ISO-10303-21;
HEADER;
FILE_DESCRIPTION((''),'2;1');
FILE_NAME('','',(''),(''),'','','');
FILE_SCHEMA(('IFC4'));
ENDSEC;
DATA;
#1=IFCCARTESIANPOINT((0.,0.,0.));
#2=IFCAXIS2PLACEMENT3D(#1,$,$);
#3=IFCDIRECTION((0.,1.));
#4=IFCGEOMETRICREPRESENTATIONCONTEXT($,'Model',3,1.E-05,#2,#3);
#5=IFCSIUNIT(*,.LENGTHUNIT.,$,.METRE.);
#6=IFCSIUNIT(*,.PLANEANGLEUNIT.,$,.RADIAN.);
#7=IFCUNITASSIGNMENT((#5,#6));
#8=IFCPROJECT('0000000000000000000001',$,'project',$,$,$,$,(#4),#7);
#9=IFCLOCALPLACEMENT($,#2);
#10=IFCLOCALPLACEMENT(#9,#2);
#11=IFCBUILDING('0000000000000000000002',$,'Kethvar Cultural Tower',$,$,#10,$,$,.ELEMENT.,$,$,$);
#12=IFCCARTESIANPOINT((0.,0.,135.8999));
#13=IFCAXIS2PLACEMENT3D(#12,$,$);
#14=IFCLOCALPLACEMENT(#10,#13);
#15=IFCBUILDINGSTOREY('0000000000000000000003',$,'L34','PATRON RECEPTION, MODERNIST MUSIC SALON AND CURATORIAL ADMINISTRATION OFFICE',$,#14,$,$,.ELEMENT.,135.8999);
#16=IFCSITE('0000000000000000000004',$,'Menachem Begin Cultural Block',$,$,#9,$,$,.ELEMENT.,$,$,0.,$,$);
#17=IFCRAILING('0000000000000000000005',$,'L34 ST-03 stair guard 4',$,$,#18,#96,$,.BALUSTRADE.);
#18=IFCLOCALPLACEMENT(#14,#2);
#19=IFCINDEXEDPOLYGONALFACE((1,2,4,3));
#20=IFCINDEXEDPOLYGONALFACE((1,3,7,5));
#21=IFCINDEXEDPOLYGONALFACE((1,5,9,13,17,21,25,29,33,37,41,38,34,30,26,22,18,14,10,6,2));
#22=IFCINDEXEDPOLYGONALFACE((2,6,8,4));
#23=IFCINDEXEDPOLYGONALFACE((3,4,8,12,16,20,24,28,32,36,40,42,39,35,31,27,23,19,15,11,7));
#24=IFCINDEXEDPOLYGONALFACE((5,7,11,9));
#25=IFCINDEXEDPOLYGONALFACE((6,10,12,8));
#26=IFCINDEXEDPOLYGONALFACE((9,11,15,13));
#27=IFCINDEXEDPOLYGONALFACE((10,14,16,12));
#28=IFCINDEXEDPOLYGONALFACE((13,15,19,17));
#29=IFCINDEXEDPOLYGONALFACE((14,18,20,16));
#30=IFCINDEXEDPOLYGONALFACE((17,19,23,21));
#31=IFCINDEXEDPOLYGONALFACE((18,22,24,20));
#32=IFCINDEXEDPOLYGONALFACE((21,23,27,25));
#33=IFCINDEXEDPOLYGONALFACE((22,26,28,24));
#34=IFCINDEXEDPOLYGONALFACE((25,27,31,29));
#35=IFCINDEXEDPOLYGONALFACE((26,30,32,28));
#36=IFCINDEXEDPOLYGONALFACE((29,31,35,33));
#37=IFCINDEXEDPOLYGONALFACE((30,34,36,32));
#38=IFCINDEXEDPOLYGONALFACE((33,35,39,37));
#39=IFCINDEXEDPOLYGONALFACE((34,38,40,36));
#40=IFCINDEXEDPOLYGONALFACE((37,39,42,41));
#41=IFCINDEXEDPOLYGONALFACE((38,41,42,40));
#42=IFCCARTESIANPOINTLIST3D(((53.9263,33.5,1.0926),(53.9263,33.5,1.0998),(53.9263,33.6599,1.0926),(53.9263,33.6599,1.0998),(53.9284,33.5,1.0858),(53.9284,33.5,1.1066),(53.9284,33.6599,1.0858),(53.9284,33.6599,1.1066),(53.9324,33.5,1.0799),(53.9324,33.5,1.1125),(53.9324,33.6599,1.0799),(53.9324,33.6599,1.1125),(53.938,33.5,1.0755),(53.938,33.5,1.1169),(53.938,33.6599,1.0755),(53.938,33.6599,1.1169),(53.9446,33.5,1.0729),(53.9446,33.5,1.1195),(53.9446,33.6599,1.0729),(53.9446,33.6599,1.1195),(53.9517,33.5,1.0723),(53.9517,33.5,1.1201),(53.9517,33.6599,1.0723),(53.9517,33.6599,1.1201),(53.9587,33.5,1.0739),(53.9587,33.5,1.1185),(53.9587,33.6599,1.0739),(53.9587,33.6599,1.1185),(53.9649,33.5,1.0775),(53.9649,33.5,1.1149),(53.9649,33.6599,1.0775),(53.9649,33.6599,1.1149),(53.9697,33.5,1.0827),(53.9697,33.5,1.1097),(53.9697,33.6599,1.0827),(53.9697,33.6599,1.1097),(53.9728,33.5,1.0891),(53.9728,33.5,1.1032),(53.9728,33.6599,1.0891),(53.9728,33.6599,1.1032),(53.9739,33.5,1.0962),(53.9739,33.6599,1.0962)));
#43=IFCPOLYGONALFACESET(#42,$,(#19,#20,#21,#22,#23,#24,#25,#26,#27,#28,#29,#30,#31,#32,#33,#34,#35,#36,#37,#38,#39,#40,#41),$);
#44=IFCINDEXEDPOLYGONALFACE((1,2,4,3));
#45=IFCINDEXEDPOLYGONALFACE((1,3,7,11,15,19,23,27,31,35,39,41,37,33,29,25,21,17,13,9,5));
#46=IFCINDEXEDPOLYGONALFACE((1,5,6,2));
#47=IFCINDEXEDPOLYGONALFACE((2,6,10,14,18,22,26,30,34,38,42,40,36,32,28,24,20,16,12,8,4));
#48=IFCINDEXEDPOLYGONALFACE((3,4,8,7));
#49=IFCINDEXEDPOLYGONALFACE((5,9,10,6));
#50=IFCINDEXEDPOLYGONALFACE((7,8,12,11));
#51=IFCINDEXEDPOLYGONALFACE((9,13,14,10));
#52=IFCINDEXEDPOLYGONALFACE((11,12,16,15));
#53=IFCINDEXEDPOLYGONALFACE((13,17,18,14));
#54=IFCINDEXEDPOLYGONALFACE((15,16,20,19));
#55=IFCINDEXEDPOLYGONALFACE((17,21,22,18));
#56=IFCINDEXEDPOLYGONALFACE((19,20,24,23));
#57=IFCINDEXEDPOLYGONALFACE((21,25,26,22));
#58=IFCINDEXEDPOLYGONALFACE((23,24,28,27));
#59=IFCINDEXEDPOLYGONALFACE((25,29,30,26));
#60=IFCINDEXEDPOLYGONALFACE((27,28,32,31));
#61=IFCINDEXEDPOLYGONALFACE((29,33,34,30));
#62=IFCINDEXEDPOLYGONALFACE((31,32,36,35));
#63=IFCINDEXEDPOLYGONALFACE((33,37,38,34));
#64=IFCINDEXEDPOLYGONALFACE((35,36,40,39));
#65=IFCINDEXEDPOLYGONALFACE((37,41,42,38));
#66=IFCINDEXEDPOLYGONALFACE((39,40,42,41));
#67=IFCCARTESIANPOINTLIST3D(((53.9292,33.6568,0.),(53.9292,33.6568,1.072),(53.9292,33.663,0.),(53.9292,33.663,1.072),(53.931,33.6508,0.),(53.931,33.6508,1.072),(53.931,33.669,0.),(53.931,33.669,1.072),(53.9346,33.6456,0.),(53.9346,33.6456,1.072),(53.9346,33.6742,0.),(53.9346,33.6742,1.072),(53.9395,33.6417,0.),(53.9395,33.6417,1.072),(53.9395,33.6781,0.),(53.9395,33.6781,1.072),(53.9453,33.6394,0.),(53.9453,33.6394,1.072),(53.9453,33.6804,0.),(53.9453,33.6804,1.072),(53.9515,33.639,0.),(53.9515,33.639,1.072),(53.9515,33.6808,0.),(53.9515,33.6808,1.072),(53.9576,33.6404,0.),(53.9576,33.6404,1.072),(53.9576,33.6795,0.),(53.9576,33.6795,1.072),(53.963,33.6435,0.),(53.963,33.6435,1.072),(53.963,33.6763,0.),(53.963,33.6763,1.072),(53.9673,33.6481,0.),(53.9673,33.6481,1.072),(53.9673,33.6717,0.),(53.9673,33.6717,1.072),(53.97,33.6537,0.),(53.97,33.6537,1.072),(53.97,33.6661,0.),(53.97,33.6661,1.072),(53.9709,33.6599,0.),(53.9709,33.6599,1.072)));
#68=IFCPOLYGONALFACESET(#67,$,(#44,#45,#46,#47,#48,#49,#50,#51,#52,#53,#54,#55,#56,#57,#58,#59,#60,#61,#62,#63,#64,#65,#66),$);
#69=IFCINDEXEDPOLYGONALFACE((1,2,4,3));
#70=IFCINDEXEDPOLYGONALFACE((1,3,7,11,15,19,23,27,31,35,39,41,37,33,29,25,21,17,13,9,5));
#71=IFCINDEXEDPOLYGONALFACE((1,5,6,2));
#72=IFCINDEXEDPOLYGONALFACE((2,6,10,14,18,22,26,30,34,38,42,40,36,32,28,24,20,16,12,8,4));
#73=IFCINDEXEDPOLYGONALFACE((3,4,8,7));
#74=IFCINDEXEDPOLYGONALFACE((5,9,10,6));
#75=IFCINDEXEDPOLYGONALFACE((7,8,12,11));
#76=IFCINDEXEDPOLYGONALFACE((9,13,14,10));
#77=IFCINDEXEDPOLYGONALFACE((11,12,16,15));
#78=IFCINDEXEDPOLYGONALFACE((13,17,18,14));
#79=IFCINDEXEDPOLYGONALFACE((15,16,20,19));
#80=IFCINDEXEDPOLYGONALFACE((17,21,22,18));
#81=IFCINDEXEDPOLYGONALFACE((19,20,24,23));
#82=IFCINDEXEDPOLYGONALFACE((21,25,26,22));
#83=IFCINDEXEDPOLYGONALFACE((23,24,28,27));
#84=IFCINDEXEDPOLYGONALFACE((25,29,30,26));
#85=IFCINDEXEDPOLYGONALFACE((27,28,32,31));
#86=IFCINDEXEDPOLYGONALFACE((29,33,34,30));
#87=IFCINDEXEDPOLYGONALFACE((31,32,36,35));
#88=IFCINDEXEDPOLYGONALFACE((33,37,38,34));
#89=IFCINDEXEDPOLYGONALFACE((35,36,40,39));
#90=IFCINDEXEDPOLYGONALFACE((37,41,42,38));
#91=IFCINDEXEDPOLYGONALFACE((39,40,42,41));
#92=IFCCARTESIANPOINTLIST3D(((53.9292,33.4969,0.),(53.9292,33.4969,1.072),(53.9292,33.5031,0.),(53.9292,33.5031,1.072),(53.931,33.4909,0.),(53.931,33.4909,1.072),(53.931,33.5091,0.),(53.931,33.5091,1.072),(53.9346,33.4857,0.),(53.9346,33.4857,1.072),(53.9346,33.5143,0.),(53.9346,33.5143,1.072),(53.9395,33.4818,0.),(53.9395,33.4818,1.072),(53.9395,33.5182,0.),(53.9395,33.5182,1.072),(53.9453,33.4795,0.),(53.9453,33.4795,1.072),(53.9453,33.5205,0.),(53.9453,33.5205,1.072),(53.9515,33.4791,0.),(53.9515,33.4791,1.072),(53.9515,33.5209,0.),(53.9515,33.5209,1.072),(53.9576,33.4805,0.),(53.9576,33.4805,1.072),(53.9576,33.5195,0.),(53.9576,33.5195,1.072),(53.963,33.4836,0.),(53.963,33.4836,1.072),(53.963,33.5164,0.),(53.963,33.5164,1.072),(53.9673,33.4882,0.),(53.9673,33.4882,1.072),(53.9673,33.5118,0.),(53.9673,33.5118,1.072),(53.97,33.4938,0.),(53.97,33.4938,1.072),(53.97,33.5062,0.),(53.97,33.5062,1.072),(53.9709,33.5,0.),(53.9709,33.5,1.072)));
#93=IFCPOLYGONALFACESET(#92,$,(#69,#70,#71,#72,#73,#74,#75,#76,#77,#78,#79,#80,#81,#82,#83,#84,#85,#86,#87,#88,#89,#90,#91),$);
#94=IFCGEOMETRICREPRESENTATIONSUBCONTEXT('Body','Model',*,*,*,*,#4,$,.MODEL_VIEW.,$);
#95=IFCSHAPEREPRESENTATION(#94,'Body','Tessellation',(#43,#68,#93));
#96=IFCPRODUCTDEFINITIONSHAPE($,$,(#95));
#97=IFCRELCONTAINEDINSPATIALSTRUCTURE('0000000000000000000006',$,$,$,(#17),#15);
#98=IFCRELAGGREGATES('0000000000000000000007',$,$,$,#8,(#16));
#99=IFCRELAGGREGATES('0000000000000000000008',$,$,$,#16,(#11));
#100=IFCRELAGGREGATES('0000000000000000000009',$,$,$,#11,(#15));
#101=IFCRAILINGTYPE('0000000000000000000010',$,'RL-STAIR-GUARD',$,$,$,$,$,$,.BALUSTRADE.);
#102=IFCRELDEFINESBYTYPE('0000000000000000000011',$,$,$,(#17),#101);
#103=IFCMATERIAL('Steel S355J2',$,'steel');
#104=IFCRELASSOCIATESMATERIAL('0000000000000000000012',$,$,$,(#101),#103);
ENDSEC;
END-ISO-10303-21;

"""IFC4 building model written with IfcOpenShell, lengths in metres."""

from ifc_helpers import new_model, si_unit, direction, frame, origin, origin_2d, place, context, subcontext, project, spatial, circle, extrude, material, type_object, element, save


model = new_model("IFC4")

# Units and contexts
model_context = context("Model", 3, precision=1e-05, world=origin(), true_north=direction((0.0, 1.0)))
body_context = subcontext(model_context, "Body", "Model", "MODEL_VIEW")
ifc_project = project(units=[si_unit("LENGTHUNIT", "METRE"), si_unit("PLANEANGLEUNIT", "RADIAN")], contexts=[model_context])

# Site, building, storey
site_placement = place(None, origin())
site = spatial("IfcSite", under=ifc_project, at=site_placement, Name="Menachem Begin Cultural Block", CompositionType="ELEMENT", RefElevation=0.0)
building_placement = place(site_placement, origin())
building = spatial("IfcBuilding", under=site, at=building_placement, Name="Kethvar Cultural Tower", CompositionType="ELEMENT")
storey_placement = place(building_placement, frame((0.0, 0.0, 135.8999)))
storey = spatial("IfcBuildingStorey", under=building, at=storey_placement, Name="L34", Description="PATRON RECEPTION, MODERNIST MUSIC SALON AND CURATORIAL ADMINISTRATION OFFICE", CompositionType="ELEMENT", Elevation=135.8999)

# Shared definitions
ifc_material_1 = material(Name="Steel S355J2", Category="steel")

# Railing
railing_type_1 = type_object("IfcRailingType", Name="RL-STAIR-GUARD", PredefinedType="BALUSTRADE", material=ifc_material_1)
railing_1_placement = place(storey_placement, frame((53.95, 33.6599, 0.0)))
element("IfcRailing", 1, at=railing_1_placement, inside=storey, type_object=railing_type_1, Name="L34 ST-03 stair guard 4", PredefinedType="BALUSTRADE", context=body_context, shape_type="SweptSolid", body=[
    extrude(circle(Radius=0.0239, at=origin_2d()), frame((0.0, 0.0, 1.0962), z_axis=(0.0, -1.0, 0.0), x_axis=(1.0, 0.0, 0.0)), (0.0, 0.0, 1.0), 0.1599),
    extrude(circle(Radius=0.021, at=origin_2d()), origin(), (0.0, 0.0, 1.0), 1.072),
    extrude(circle(Radius=0.021, at=origin_2d()), frame((0.0, -0.1599, 0.0)), (0.0, 0.0, 1.0), 1.072),
])

save(model, "model.ifc")
